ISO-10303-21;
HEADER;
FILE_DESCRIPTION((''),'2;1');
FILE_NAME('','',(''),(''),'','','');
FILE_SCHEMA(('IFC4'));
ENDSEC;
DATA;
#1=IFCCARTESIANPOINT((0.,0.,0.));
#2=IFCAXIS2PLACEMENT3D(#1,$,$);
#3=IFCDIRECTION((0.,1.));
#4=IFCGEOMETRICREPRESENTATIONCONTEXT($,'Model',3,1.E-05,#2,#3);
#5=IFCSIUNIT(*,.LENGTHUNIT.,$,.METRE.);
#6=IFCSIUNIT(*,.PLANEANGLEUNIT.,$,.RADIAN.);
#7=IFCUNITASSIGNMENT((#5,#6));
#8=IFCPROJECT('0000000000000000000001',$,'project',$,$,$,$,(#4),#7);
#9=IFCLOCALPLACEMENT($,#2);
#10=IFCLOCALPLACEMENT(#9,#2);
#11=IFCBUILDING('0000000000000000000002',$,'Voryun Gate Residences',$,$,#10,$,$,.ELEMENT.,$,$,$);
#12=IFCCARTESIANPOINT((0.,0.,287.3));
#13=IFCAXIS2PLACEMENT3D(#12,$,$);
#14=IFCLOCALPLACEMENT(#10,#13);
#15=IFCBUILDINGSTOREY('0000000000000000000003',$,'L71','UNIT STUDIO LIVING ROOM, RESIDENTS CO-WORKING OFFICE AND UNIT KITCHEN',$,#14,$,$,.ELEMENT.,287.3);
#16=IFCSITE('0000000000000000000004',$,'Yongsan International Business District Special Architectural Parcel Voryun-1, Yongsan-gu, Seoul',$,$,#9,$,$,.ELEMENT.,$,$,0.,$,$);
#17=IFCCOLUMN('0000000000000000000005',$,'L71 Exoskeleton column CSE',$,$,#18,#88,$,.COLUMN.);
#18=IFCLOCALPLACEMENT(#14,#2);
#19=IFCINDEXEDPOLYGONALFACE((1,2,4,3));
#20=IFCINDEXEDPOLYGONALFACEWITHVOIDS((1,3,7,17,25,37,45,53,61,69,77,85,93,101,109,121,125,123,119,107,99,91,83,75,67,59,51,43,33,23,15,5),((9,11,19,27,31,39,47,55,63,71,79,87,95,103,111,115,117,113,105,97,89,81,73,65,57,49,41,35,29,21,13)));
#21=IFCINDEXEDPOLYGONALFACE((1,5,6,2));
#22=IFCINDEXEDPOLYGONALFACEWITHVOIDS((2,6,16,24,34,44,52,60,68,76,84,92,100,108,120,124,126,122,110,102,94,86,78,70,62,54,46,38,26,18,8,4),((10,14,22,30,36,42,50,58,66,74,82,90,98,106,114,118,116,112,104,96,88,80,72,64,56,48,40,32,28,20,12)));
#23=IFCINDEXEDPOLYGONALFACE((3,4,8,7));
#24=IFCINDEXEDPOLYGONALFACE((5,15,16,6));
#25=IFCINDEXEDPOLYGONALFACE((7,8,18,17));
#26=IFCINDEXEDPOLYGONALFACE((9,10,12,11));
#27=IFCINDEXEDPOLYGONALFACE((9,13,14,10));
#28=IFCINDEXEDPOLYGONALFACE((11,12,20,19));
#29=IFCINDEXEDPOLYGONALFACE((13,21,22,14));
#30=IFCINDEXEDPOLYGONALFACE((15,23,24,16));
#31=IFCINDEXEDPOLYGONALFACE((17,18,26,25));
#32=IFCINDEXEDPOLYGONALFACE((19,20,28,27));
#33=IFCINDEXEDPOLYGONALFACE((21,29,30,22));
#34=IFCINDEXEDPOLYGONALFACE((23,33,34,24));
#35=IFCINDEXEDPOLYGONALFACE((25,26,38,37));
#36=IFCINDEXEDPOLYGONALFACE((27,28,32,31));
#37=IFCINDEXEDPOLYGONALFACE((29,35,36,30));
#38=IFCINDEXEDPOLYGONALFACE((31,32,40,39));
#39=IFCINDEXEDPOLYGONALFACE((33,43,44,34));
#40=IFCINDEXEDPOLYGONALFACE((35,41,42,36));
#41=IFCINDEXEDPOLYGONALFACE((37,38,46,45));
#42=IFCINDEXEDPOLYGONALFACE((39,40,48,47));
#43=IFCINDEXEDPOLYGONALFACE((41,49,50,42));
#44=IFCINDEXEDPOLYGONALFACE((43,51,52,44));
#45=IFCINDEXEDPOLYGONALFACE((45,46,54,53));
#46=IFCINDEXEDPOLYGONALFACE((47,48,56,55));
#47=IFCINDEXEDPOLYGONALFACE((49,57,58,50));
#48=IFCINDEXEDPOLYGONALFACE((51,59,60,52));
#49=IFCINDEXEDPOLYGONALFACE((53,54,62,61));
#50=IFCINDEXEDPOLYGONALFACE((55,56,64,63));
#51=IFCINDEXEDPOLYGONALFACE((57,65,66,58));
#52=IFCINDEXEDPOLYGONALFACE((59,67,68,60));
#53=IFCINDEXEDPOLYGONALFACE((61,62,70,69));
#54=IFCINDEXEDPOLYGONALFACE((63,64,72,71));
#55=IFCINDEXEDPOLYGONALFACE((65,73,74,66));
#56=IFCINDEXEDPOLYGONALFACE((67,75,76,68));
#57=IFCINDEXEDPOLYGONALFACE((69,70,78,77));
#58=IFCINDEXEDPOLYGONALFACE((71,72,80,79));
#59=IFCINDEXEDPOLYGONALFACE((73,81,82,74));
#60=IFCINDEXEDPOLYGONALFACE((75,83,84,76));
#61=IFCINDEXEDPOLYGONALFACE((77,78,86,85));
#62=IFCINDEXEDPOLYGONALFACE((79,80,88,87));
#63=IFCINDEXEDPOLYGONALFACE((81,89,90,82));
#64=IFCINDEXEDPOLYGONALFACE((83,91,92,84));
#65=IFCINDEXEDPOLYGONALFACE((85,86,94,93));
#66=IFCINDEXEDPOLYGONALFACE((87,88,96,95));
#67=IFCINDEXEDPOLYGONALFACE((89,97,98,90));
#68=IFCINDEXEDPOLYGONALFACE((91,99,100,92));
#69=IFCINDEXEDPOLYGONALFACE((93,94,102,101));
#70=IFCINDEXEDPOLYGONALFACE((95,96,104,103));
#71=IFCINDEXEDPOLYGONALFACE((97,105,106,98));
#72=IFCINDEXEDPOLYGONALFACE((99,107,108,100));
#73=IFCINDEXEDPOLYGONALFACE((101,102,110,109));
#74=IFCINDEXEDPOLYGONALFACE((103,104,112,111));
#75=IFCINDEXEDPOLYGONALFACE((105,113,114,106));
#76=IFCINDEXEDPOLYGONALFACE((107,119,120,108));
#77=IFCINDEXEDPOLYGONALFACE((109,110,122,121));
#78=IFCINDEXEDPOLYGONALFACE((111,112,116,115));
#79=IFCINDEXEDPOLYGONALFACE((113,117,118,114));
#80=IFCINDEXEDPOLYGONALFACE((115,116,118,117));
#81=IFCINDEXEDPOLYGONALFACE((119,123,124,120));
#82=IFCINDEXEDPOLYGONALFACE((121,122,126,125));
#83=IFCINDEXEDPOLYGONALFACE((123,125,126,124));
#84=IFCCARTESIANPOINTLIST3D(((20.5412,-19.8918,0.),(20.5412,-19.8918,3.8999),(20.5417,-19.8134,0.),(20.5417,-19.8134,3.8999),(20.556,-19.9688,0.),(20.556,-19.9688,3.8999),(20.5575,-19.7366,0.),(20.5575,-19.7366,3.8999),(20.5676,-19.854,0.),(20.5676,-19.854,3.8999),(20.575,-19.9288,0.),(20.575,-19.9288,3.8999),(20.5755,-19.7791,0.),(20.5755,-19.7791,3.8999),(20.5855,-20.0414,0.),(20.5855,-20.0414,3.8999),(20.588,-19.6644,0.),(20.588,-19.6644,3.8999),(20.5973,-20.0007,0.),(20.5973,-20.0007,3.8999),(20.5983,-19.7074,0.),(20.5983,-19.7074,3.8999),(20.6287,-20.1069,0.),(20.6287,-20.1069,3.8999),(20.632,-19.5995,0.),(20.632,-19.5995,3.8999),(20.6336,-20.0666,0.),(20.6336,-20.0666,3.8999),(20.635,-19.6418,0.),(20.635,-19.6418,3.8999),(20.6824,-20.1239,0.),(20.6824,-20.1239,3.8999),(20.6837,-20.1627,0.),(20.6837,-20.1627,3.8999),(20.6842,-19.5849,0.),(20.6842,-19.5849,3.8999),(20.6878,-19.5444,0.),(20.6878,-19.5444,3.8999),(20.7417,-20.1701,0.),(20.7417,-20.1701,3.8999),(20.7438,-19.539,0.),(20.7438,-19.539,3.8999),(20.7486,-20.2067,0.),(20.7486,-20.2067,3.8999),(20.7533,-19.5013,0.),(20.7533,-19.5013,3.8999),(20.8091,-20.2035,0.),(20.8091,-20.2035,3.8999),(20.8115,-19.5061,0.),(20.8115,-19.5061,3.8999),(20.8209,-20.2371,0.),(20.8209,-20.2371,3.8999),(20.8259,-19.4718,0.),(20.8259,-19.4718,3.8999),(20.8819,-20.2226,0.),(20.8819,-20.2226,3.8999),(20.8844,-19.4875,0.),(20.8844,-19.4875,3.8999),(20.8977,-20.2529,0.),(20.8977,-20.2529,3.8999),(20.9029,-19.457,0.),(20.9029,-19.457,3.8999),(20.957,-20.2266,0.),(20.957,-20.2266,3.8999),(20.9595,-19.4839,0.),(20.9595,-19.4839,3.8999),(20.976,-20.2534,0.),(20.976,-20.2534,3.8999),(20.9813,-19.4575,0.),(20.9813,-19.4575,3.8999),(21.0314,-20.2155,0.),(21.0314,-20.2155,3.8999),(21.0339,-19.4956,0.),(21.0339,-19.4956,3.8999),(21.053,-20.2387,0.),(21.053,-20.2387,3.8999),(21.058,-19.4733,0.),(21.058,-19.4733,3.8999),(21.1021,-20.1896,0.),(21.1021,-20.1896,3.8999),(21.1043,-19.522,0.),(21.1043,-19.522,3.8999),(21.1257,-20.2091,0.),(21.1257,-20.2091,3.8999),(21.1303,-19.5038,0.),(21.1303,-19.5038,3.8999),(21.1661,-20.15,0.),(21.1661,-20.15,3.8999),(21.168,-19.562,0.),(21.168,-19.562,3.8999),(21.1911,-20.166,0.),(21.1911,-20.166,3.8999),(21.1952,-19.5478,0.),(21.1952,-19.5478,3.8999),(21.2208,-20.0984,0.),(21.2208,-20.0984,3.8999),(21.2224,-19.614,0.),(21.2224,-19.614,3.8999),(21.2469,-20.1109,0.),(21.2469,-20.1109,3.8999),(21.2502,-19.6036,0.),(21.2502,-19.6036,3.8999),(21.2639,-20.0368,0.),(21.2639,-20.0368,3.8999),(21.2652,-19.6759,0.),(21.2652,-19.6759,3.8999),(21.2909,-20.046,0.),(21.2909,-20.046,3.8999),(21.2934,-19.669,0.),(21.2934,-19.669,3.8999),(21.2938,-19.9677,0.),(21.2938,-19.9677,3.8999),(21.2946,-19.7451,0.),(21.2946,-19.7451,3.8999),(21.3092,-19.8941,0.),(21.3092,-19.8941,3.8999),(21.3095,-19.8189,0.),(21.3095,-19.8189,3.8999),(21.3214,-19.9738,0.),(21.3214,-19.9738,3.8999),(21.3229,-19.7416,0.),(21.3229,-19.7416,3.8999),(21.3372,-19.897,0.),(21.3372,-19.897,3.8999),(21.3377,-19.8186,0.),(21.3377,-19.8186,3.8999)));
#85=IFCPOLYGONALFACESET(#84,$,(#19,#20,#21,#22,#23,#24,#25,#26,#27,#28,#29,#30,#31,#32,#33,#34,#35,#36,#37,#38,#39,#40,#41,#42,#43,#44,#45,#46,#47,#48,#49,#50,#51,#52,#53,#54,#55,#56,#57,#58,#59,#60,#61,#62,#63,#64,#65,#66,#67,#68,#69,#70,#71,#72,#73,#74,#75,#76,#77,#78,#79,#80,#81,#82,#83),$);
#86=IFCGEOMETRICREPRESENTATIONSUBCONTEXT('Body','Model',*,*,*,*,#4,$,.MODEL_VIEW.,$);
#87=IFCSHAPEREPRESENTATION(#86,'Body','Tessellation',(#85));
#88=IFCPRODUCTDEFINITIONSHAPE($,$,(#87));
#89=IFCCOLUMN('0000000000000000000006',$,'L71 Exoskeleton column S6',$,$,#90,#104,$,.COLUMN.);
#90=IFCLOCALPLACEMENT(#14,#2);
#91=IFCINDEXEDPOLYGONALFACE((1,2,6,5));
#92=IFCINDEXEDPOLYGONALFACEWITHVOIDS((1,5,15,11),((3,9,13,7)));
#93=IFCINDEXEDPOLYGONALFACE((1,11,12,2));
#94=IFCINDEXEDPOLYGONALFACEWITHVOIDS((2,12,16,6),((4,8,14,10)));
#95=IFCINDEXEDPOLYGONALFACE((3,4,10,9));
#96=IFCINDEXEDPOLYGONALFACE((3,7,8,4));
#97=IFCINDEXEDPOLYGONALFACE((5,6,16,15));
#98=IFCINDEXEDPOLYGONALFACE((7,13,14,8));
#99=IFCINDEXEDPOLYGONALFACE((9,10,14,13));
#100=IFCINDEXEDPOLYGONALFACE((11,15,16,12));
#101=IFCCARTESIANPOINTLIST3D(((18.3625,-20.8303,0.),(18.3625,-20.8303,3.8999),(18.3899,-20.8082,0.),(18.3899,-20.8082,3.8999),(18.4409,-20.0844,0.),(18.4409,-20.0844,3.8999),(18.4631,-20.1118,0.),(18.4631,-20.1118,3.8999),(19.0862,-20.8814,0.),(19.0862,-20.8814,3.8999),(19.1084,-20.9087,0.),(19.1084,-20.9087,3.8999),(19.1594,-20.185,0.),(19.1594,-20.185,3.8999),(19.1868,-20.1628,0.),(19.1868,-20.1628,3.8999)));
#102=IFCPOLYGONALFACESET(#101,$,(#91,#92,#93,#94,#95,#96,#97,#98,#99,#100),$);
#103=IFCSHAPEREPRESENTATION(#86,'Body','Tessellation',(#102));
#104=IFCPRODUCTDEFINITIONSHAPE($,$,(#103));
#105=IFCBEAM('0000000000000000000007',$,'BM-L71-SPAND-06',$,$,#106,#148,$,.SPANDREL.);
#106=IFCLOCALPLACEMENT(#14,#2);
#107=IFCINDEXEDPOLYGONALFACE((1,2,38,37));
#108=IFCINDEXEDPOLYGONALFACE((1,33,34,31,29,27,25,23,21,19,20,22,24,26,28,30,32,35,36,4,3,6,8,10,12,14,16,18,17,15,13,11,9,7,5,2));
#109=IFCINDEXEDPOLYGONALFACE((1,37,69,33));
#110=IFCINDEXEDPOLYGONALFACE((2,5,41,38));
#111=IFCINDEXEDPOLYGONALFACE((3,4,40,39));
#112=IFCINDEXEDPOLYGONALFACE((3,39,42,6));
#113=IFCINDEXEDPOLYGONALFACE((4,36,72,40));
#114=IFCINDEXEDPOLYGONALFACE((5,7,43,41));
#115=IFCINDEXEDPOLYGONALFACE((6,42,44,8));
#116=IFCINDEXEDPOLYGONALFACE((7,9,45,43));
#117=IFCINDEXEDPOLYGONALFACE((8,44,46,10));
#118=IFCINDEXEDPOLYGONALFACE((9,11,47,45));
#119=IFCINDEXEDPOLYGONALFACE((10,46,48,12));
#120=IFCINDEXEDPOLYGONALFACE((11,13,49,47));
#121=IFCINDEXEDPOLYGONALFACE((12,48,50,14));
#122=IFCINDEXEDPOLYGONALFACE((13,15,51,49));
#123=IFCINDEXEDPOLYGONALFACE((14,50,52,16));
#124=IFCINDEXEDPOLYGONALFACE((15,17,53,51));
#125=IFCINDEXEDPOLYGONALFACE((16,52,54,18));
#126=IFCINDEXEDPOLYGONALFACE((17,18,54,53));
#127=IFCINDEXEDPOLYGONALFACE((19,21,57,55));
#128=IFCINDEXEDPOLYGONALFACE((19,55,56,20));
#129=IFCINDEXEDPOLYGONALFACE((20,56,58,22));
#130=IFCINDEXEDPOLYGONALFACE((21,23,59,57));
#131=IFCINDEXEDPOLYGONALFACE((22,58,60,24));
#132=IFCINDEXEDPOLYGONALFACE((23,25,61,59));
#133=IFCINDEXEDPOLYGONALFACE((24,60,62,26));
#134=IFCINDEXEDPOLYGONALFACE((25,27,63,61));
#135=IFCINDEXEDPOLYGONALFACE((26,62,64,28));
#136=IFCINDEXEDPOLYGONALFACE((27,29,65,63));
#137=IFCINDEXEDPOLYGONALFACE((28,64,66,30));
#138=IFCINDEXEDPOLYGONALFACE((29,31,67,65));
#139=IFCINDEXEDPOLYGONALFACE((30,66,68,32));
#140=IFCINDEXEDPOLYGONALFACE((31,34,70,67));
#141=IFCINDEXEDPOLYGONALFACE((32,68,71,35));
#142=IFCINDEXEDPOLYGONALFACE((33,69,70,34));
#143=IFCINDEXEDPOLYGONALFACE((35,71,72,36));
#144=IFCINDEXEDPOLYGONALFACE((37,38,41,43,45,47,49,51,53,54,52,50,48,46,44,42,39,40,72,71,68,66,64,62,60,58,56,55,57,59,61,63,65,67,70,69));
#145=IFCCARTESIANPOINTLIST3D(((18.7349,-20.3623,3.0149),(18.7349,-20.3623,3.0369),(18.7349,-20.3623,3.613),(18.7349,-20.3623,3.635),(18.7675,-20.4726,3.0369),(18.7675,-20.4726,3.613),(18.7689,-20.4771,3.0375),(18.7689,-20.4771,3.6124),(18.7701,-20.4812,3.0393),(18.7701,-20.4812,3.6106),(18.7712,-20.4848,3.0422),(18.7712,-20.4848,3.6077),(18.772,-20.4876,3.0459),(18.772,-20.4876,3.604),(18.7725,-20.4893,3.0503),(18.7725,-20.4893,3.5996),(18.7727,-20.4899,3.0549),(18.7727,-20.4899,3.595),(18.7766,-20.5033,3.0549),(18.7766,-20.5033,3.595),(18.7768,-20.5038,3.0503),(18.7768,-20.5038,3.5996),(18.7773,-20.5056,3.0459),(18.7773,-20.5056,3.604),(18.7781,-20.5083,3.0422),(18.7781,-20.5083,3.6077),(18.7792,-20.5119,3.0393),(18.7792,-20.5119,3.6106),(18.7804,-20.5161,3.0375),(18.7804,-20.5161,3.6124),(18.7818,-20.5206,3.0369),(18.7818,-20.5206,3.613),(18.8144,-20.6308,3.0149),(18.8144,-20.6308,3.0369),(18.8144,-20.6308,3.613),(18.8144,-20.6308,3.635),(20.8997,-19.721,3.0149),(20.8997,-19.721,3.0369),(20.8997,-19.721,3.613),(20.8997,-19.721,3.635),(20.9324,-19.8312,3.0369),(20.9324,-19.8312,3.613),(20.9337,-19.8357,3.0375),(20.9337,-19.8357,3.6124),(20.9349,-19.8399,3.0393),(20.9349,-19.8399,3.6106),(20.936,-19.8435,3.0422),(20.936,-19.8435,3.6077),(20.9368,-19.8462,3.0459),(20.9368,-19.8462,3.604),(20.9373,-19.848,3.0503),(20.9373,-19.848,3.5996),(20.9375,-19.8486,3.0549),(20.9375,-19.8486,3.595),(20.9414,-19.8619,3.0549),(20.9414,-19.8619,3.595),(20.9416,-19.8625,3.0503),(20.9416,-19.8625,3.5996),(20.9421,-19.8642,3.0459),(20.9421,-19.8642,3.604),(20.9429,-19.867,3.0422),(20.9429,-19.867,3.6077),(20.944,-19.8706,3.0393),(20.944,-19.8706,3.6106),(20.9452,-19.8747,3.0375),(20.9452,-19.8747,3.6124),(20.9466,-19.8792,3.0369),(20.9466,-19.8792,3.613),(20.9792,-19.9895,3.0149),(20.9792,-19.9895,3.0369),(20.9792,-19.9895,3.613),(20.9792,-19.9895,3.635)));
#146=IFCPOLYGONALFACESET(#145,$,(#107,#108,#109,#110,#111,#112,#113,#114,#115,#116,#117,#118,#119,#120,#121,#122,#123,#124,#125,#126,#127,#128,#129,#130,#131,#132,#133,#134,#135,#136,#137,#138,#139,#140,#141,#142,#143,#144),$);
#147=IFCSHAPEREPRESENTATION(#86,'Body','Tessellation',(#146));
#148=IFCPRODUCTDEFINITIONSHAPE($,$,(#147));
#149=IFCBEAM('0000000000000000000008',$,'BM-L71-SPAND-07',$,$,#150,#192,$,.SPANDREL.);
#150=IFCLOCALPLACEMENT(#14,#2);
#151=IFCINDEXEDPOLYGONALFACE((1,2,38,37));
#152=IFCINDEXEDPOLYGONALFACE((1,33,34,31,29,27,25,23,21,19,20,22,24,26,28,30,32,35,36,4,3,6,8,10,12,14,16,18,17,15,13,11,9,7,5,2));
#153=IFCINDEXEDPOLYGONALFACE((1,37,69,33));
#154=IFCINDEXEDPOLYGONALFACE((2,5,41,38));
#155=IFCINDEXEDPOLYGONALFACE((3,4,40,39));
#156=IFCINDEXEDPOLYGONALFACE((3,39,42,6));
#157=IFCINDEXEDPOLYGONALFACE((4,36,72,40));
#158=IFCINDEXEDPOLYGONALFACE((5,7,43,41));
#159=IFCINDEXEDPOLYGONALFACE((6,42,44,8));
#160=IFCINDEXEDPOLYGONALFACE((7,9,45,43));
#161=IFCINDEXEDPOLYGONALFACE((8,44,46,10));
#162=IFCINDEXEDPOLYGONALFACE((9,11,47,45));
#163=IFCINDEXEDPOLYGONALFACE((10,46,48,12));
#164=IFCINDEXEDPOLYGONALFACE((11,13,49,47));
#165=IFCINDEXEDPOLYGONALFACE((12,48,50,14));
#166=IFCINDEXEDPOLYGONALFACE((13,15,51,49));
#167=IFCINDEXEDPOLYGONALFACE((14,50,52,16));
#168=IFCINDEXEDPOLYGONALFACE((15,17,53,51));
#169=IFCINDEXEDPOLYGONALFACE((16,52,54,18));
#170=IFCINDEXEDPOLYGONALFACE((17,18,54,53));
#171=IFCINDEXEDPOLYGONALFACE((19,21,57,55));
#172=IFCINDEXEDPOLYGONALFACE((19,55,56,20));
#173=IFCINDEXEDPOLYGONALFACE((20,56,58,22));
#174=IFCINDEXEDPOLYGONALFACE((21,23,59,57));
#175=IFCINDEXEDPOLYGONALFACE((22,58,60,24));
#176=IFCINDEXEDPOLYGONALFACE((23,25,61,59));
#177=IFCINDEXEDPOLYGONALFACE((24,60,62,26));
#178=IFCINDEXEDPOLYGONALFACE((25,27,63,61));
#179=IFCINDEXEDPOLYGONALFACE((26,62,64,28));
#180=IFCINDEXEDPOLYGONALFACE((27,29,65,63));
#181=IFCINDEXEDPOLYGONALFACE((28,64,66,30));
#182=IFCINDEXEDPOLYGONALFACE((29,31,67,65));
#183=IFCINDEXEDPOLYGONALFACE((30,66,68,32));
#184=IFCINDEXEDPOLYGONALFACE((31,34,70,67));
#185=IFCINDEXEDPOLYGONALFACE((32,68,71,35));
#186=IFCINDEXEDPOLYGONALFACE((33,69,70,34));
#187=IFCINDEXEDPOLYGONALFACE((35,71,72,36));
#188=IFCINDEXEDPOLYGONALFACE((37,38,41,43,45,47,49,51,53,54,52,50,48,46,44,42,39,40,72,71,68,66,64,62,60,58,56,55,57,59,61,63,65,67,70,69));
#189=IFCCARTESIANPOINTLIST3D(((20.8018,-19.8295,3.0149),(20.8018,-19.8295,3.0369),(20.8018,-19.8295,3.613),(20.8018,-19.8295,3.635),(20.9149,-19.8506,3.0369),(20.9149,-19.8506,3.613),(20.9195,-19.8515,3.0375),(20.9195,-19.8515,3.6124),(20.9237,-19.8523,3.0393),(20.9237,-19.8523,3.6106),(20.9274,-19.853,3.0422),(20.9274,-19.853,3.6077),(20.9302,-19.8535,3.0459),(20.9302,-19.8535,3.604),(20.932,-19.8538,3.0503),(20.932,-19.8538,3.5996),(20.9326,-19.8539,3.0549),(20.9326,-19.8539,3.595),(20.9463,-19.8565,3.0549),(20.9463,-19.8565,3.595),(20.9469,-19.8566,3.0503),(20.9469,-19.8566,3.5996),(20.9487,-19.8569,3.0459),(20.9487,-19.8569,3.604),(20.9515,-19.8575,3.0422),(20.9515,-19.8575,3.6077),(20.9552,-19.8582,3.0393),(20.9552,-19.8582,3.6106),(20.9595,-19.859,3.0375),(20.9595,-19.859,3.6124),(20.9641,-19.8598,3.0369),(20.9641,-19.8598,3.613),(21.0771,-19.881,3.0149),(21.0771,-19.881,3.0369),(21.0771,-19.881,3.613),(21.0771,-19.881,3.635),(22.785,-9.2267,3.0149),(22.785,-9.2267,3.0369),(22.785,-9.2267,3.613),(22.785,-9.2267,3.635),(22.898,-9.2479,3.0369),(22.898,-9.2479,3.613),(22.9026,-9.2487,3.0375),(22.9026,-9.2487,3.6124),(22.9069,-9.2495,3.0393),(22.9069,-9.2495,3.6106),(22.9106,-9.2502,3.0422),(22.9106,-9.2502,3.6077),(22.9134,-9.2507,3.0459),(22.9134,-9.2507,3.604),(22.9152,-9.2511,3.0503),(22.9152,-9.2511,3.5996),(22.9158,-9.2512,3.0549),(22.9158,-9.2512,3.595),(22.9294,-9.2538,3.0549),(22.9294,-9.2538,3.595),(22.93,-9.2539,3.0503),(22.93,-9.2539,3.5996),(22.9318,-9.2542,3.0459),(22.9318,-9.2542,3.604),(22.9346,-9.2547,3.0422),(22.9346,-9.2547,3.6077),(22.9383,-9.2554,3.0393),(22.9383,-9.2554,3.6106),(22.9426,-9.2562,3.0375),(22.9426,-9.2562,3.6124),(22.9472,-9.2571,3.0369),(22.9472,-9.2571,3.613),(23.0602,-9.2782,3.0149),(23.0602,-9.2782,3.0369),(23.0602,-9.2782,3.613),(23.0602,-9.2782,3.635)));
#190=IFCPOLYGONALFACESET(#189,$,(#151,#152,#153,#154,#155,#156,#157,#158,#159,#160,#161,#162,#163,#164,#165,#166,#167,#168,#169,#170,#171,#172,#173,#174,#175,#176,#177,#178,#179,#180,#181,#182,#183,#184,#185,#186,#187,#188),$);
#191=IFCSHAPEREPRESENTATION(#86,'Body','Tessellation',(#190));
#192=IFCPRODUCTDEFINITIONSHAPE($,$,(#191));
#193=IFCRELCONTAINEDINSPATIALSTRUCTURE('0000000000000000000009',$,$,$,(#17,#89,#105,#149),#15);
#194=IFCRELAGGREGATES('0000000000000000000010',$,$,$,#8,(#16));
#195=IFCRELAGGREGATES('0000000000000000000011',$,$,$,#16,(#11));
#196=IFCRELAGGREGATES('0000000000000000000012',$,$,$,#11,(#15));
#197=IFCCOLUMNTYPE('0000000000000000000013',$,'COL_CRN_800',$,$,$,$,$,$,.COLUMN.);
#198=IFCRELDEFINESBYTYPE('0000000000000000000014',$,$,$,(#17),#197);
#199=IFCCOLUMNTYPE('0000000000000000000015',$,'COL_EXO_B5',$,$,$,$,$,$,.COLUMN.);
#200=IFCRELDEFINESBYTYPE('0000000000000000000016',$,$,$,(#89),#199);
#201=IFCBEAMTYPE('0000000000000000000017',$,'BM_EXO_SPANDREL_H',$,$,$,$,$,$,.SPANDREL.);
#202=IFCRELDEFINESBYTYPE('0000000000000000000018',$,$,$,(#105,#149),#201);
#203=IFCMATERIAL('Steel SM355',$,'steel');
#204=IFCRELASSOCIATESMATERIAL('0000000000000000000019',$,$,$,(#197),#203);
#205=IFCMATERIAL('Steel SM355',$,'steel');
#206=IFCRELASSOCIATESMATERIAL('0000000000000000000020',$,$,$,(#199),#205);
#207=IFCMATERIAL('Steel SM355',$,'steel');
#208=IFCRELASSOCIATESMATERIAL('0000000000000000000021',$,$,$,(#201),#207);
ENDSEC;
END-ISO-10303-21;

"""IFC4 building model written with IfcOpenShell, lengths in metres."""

from ifc_helpers import new_model, si_unit, direction, frame, origin, origin_2d, place, context, subcontext, project, spatial, hollow_rectangle, hollow_circle, i_section, extrude, material, material_profile, profile_set, type_object, element, save


model = new_model("IFC4")

# Units and contexts
model_context = context("Model", 3, precision=1e-05, world=origin(), true_north=direction((0.0, 1.0)))
body_context = subcontext(model_context, "Body", "Model", "MODEL_VIEW")
ifc_project = project(units=[si_unit("LENGTHUNIT", "METRE"), si_unit("PLANEANGLEUNIT", "RADIAN")], contexts=[model_context])

# Site, building, storey
site_placement = place(None, origin())
site = spatial("IfcSite", under=ifc_project, at=site_placement, Name="Yongsan International Business District Special Architectural Parcel Voryun-1, Yongsan-gu, Seoul", CompositionType="ELEMENT", RefElevation=0.0)
building_placement = place(site_placement, origin())
building = spatial("IfcBuilding", under=site, at=building_placement, Name="Voryun Gate Residences", CompositionType="ELEMENT")
storey_placement = place(building_placement, frame((0.0, 0.0, 287.3)))
storey = spatial("IfcBuildingStorey", under=building, at=storey_placement, Name="L71", Description="UNIT STUDIO LIVING ROOM, RESIDENTS CO-WORKING OFFICE AND UNIT KITCHEN", CompositionType="ELEMENT", Elevation=287.3)

# Columns
ifc_material_1 = material(Name="Steel SM355", Category="steel")
ifc_material_profile_1 = material_profile(ifc_material_1, hollow_circle(Radius=0.3999, WallThickness=0.0281, at=origin_2d()), Name="CHS-800x28")
ifc_profile_set_1 = profile_set([ifc_material_profile_1], Name="Steel SM355")
column_type_1 = type_object("IfcColumnType", Name="COL_CRN_800", PredefinedType="COLUMN", material=ifc_profile_set_1)
column_1_placement = place(storey_placement, frame((20.9395, -19.8552, 0.0), z_axis=(0.0, 0.0, 1.0), x_axis=(0.994522, -0.104528, 0.0)))
element("IfcColumn", 1, at=column_1_placement, inside=storey, type_object=column_type_1, Name="L71 Exoskeleton column CSE", PredefinedType="COLUMN", context=body_context, shape_type="SweptSolid", body=[
    extrude(hollow_circle(Radius=0.3999, WallThickness=0.0281, at=origin_2d()), origin(), (0.0, 0.0, 1.0), 3.8999),
])
ifc_material_2 = material(Name="Steel SM355", Category="steel")
ifc_material_profile_2 = material_profile(ifc_material_2, hollow_rectangle(XDim=0.75, YDim=0.75, WallThickness=0.0249, at=origin_2d()), Name="BOX-750x750x25")
ifc_profile_set_2 = profile_set([ifc_material_profile_2], Name="Steel SM355")
column_type_2 = type_object("IfcColumnType", Name="COL_EXO_B5", PredefinedType="COLUMN", material=ifc_profile_set_2)
column_2_placement = place(storey_placement, frame((18.7747, -20.4966, 0.0), z_axis=(0.0, 0.0, 1.0), x_axis=(0.994522, -0.104528, 0.0)))
element("IfcColumn", 2, at=column_2_placement, inside=storey, type_object=column_type_2, Name="L71 Exoskeleton column S6", PredefinedType="COLUMN", context=body_context, shape_type="SweptSolid", body=[
    extrude(hollow_rectangle(XDim=0.75, YDim=0.75, WallThickness=0.0249, at=origin_2d()), origin(), (0.0, 0.0, 1.0), 3.8999),
])

# Beams
ifc_material_3 = material(Name="Steel SM355", Category="steel")
ifc_material_profile_3 = material_profile(ifc_material_3, i_section(OverallWidth=0.28, OverallDepth=0.6201, WebThickness=0.0139, FlangeThickness=0.022, FilletRadius=0.0181, at=origin_2d()), Name="H-620x280x14x22")
ifc_profile_set_3 = profile_set([ifc_material_profile_3], Name="Steel SM355")
beam_type = type_object("IfcBeamType", Name="BM_EXO_SPANDREL_H", PredefinedType="SPANDREL", material=ifc_profile_set_3)
beam_1_placement = place(storey_placement, frame((18.7747, -20.4966, 3.325), z_axis=(0.958806, 0.284063, 0.0), x_axis=(-0.284063, 0.958806, 0.0)))
element("IfcBeam", 3, at=beam_1_placement, inside=storey, type_object=beam_type, Name="BM-L71-SPAND-06", PredefinedType="SPANDREL", context=body_context, shape_type="SweptSolid", body=[
    extrude(i_section(OverallWidth=0.28, OverallDepth=0.6201, WebThickness=0.0139, FlangeThickness=0.022, FilletRadius=0.0181, at=origin_2d()), origin(), (0.0, 0.0, 1.0), 2.2578),
])
beam_2_placement = place(storey_placement, frame((20.9395, -19.8552, 3.325), z_axis=(0.183853, 0.982954, 0.0), x_axis=(-0.982954, 0.183853, 0.0)))
element("IfcBeam", 4, at=beam_2_placement, inside=storey, type_object=beam_type, Name="BM-L71-SPAND-07", PredefinedType="SPANDREL", context=body_context, shape_type="SweptSolid", body=[
    extrude(i_section(OverallWidth=0.28, OverallDepth=0.6201, WebThickness=0.0139, FlangeThickness=0.022, FilletRadius=0.0181, at=origin_2d()), origin(), (0.0, 0.0, 1.0), 10.7866),
])

save(model, "model.ifc")
